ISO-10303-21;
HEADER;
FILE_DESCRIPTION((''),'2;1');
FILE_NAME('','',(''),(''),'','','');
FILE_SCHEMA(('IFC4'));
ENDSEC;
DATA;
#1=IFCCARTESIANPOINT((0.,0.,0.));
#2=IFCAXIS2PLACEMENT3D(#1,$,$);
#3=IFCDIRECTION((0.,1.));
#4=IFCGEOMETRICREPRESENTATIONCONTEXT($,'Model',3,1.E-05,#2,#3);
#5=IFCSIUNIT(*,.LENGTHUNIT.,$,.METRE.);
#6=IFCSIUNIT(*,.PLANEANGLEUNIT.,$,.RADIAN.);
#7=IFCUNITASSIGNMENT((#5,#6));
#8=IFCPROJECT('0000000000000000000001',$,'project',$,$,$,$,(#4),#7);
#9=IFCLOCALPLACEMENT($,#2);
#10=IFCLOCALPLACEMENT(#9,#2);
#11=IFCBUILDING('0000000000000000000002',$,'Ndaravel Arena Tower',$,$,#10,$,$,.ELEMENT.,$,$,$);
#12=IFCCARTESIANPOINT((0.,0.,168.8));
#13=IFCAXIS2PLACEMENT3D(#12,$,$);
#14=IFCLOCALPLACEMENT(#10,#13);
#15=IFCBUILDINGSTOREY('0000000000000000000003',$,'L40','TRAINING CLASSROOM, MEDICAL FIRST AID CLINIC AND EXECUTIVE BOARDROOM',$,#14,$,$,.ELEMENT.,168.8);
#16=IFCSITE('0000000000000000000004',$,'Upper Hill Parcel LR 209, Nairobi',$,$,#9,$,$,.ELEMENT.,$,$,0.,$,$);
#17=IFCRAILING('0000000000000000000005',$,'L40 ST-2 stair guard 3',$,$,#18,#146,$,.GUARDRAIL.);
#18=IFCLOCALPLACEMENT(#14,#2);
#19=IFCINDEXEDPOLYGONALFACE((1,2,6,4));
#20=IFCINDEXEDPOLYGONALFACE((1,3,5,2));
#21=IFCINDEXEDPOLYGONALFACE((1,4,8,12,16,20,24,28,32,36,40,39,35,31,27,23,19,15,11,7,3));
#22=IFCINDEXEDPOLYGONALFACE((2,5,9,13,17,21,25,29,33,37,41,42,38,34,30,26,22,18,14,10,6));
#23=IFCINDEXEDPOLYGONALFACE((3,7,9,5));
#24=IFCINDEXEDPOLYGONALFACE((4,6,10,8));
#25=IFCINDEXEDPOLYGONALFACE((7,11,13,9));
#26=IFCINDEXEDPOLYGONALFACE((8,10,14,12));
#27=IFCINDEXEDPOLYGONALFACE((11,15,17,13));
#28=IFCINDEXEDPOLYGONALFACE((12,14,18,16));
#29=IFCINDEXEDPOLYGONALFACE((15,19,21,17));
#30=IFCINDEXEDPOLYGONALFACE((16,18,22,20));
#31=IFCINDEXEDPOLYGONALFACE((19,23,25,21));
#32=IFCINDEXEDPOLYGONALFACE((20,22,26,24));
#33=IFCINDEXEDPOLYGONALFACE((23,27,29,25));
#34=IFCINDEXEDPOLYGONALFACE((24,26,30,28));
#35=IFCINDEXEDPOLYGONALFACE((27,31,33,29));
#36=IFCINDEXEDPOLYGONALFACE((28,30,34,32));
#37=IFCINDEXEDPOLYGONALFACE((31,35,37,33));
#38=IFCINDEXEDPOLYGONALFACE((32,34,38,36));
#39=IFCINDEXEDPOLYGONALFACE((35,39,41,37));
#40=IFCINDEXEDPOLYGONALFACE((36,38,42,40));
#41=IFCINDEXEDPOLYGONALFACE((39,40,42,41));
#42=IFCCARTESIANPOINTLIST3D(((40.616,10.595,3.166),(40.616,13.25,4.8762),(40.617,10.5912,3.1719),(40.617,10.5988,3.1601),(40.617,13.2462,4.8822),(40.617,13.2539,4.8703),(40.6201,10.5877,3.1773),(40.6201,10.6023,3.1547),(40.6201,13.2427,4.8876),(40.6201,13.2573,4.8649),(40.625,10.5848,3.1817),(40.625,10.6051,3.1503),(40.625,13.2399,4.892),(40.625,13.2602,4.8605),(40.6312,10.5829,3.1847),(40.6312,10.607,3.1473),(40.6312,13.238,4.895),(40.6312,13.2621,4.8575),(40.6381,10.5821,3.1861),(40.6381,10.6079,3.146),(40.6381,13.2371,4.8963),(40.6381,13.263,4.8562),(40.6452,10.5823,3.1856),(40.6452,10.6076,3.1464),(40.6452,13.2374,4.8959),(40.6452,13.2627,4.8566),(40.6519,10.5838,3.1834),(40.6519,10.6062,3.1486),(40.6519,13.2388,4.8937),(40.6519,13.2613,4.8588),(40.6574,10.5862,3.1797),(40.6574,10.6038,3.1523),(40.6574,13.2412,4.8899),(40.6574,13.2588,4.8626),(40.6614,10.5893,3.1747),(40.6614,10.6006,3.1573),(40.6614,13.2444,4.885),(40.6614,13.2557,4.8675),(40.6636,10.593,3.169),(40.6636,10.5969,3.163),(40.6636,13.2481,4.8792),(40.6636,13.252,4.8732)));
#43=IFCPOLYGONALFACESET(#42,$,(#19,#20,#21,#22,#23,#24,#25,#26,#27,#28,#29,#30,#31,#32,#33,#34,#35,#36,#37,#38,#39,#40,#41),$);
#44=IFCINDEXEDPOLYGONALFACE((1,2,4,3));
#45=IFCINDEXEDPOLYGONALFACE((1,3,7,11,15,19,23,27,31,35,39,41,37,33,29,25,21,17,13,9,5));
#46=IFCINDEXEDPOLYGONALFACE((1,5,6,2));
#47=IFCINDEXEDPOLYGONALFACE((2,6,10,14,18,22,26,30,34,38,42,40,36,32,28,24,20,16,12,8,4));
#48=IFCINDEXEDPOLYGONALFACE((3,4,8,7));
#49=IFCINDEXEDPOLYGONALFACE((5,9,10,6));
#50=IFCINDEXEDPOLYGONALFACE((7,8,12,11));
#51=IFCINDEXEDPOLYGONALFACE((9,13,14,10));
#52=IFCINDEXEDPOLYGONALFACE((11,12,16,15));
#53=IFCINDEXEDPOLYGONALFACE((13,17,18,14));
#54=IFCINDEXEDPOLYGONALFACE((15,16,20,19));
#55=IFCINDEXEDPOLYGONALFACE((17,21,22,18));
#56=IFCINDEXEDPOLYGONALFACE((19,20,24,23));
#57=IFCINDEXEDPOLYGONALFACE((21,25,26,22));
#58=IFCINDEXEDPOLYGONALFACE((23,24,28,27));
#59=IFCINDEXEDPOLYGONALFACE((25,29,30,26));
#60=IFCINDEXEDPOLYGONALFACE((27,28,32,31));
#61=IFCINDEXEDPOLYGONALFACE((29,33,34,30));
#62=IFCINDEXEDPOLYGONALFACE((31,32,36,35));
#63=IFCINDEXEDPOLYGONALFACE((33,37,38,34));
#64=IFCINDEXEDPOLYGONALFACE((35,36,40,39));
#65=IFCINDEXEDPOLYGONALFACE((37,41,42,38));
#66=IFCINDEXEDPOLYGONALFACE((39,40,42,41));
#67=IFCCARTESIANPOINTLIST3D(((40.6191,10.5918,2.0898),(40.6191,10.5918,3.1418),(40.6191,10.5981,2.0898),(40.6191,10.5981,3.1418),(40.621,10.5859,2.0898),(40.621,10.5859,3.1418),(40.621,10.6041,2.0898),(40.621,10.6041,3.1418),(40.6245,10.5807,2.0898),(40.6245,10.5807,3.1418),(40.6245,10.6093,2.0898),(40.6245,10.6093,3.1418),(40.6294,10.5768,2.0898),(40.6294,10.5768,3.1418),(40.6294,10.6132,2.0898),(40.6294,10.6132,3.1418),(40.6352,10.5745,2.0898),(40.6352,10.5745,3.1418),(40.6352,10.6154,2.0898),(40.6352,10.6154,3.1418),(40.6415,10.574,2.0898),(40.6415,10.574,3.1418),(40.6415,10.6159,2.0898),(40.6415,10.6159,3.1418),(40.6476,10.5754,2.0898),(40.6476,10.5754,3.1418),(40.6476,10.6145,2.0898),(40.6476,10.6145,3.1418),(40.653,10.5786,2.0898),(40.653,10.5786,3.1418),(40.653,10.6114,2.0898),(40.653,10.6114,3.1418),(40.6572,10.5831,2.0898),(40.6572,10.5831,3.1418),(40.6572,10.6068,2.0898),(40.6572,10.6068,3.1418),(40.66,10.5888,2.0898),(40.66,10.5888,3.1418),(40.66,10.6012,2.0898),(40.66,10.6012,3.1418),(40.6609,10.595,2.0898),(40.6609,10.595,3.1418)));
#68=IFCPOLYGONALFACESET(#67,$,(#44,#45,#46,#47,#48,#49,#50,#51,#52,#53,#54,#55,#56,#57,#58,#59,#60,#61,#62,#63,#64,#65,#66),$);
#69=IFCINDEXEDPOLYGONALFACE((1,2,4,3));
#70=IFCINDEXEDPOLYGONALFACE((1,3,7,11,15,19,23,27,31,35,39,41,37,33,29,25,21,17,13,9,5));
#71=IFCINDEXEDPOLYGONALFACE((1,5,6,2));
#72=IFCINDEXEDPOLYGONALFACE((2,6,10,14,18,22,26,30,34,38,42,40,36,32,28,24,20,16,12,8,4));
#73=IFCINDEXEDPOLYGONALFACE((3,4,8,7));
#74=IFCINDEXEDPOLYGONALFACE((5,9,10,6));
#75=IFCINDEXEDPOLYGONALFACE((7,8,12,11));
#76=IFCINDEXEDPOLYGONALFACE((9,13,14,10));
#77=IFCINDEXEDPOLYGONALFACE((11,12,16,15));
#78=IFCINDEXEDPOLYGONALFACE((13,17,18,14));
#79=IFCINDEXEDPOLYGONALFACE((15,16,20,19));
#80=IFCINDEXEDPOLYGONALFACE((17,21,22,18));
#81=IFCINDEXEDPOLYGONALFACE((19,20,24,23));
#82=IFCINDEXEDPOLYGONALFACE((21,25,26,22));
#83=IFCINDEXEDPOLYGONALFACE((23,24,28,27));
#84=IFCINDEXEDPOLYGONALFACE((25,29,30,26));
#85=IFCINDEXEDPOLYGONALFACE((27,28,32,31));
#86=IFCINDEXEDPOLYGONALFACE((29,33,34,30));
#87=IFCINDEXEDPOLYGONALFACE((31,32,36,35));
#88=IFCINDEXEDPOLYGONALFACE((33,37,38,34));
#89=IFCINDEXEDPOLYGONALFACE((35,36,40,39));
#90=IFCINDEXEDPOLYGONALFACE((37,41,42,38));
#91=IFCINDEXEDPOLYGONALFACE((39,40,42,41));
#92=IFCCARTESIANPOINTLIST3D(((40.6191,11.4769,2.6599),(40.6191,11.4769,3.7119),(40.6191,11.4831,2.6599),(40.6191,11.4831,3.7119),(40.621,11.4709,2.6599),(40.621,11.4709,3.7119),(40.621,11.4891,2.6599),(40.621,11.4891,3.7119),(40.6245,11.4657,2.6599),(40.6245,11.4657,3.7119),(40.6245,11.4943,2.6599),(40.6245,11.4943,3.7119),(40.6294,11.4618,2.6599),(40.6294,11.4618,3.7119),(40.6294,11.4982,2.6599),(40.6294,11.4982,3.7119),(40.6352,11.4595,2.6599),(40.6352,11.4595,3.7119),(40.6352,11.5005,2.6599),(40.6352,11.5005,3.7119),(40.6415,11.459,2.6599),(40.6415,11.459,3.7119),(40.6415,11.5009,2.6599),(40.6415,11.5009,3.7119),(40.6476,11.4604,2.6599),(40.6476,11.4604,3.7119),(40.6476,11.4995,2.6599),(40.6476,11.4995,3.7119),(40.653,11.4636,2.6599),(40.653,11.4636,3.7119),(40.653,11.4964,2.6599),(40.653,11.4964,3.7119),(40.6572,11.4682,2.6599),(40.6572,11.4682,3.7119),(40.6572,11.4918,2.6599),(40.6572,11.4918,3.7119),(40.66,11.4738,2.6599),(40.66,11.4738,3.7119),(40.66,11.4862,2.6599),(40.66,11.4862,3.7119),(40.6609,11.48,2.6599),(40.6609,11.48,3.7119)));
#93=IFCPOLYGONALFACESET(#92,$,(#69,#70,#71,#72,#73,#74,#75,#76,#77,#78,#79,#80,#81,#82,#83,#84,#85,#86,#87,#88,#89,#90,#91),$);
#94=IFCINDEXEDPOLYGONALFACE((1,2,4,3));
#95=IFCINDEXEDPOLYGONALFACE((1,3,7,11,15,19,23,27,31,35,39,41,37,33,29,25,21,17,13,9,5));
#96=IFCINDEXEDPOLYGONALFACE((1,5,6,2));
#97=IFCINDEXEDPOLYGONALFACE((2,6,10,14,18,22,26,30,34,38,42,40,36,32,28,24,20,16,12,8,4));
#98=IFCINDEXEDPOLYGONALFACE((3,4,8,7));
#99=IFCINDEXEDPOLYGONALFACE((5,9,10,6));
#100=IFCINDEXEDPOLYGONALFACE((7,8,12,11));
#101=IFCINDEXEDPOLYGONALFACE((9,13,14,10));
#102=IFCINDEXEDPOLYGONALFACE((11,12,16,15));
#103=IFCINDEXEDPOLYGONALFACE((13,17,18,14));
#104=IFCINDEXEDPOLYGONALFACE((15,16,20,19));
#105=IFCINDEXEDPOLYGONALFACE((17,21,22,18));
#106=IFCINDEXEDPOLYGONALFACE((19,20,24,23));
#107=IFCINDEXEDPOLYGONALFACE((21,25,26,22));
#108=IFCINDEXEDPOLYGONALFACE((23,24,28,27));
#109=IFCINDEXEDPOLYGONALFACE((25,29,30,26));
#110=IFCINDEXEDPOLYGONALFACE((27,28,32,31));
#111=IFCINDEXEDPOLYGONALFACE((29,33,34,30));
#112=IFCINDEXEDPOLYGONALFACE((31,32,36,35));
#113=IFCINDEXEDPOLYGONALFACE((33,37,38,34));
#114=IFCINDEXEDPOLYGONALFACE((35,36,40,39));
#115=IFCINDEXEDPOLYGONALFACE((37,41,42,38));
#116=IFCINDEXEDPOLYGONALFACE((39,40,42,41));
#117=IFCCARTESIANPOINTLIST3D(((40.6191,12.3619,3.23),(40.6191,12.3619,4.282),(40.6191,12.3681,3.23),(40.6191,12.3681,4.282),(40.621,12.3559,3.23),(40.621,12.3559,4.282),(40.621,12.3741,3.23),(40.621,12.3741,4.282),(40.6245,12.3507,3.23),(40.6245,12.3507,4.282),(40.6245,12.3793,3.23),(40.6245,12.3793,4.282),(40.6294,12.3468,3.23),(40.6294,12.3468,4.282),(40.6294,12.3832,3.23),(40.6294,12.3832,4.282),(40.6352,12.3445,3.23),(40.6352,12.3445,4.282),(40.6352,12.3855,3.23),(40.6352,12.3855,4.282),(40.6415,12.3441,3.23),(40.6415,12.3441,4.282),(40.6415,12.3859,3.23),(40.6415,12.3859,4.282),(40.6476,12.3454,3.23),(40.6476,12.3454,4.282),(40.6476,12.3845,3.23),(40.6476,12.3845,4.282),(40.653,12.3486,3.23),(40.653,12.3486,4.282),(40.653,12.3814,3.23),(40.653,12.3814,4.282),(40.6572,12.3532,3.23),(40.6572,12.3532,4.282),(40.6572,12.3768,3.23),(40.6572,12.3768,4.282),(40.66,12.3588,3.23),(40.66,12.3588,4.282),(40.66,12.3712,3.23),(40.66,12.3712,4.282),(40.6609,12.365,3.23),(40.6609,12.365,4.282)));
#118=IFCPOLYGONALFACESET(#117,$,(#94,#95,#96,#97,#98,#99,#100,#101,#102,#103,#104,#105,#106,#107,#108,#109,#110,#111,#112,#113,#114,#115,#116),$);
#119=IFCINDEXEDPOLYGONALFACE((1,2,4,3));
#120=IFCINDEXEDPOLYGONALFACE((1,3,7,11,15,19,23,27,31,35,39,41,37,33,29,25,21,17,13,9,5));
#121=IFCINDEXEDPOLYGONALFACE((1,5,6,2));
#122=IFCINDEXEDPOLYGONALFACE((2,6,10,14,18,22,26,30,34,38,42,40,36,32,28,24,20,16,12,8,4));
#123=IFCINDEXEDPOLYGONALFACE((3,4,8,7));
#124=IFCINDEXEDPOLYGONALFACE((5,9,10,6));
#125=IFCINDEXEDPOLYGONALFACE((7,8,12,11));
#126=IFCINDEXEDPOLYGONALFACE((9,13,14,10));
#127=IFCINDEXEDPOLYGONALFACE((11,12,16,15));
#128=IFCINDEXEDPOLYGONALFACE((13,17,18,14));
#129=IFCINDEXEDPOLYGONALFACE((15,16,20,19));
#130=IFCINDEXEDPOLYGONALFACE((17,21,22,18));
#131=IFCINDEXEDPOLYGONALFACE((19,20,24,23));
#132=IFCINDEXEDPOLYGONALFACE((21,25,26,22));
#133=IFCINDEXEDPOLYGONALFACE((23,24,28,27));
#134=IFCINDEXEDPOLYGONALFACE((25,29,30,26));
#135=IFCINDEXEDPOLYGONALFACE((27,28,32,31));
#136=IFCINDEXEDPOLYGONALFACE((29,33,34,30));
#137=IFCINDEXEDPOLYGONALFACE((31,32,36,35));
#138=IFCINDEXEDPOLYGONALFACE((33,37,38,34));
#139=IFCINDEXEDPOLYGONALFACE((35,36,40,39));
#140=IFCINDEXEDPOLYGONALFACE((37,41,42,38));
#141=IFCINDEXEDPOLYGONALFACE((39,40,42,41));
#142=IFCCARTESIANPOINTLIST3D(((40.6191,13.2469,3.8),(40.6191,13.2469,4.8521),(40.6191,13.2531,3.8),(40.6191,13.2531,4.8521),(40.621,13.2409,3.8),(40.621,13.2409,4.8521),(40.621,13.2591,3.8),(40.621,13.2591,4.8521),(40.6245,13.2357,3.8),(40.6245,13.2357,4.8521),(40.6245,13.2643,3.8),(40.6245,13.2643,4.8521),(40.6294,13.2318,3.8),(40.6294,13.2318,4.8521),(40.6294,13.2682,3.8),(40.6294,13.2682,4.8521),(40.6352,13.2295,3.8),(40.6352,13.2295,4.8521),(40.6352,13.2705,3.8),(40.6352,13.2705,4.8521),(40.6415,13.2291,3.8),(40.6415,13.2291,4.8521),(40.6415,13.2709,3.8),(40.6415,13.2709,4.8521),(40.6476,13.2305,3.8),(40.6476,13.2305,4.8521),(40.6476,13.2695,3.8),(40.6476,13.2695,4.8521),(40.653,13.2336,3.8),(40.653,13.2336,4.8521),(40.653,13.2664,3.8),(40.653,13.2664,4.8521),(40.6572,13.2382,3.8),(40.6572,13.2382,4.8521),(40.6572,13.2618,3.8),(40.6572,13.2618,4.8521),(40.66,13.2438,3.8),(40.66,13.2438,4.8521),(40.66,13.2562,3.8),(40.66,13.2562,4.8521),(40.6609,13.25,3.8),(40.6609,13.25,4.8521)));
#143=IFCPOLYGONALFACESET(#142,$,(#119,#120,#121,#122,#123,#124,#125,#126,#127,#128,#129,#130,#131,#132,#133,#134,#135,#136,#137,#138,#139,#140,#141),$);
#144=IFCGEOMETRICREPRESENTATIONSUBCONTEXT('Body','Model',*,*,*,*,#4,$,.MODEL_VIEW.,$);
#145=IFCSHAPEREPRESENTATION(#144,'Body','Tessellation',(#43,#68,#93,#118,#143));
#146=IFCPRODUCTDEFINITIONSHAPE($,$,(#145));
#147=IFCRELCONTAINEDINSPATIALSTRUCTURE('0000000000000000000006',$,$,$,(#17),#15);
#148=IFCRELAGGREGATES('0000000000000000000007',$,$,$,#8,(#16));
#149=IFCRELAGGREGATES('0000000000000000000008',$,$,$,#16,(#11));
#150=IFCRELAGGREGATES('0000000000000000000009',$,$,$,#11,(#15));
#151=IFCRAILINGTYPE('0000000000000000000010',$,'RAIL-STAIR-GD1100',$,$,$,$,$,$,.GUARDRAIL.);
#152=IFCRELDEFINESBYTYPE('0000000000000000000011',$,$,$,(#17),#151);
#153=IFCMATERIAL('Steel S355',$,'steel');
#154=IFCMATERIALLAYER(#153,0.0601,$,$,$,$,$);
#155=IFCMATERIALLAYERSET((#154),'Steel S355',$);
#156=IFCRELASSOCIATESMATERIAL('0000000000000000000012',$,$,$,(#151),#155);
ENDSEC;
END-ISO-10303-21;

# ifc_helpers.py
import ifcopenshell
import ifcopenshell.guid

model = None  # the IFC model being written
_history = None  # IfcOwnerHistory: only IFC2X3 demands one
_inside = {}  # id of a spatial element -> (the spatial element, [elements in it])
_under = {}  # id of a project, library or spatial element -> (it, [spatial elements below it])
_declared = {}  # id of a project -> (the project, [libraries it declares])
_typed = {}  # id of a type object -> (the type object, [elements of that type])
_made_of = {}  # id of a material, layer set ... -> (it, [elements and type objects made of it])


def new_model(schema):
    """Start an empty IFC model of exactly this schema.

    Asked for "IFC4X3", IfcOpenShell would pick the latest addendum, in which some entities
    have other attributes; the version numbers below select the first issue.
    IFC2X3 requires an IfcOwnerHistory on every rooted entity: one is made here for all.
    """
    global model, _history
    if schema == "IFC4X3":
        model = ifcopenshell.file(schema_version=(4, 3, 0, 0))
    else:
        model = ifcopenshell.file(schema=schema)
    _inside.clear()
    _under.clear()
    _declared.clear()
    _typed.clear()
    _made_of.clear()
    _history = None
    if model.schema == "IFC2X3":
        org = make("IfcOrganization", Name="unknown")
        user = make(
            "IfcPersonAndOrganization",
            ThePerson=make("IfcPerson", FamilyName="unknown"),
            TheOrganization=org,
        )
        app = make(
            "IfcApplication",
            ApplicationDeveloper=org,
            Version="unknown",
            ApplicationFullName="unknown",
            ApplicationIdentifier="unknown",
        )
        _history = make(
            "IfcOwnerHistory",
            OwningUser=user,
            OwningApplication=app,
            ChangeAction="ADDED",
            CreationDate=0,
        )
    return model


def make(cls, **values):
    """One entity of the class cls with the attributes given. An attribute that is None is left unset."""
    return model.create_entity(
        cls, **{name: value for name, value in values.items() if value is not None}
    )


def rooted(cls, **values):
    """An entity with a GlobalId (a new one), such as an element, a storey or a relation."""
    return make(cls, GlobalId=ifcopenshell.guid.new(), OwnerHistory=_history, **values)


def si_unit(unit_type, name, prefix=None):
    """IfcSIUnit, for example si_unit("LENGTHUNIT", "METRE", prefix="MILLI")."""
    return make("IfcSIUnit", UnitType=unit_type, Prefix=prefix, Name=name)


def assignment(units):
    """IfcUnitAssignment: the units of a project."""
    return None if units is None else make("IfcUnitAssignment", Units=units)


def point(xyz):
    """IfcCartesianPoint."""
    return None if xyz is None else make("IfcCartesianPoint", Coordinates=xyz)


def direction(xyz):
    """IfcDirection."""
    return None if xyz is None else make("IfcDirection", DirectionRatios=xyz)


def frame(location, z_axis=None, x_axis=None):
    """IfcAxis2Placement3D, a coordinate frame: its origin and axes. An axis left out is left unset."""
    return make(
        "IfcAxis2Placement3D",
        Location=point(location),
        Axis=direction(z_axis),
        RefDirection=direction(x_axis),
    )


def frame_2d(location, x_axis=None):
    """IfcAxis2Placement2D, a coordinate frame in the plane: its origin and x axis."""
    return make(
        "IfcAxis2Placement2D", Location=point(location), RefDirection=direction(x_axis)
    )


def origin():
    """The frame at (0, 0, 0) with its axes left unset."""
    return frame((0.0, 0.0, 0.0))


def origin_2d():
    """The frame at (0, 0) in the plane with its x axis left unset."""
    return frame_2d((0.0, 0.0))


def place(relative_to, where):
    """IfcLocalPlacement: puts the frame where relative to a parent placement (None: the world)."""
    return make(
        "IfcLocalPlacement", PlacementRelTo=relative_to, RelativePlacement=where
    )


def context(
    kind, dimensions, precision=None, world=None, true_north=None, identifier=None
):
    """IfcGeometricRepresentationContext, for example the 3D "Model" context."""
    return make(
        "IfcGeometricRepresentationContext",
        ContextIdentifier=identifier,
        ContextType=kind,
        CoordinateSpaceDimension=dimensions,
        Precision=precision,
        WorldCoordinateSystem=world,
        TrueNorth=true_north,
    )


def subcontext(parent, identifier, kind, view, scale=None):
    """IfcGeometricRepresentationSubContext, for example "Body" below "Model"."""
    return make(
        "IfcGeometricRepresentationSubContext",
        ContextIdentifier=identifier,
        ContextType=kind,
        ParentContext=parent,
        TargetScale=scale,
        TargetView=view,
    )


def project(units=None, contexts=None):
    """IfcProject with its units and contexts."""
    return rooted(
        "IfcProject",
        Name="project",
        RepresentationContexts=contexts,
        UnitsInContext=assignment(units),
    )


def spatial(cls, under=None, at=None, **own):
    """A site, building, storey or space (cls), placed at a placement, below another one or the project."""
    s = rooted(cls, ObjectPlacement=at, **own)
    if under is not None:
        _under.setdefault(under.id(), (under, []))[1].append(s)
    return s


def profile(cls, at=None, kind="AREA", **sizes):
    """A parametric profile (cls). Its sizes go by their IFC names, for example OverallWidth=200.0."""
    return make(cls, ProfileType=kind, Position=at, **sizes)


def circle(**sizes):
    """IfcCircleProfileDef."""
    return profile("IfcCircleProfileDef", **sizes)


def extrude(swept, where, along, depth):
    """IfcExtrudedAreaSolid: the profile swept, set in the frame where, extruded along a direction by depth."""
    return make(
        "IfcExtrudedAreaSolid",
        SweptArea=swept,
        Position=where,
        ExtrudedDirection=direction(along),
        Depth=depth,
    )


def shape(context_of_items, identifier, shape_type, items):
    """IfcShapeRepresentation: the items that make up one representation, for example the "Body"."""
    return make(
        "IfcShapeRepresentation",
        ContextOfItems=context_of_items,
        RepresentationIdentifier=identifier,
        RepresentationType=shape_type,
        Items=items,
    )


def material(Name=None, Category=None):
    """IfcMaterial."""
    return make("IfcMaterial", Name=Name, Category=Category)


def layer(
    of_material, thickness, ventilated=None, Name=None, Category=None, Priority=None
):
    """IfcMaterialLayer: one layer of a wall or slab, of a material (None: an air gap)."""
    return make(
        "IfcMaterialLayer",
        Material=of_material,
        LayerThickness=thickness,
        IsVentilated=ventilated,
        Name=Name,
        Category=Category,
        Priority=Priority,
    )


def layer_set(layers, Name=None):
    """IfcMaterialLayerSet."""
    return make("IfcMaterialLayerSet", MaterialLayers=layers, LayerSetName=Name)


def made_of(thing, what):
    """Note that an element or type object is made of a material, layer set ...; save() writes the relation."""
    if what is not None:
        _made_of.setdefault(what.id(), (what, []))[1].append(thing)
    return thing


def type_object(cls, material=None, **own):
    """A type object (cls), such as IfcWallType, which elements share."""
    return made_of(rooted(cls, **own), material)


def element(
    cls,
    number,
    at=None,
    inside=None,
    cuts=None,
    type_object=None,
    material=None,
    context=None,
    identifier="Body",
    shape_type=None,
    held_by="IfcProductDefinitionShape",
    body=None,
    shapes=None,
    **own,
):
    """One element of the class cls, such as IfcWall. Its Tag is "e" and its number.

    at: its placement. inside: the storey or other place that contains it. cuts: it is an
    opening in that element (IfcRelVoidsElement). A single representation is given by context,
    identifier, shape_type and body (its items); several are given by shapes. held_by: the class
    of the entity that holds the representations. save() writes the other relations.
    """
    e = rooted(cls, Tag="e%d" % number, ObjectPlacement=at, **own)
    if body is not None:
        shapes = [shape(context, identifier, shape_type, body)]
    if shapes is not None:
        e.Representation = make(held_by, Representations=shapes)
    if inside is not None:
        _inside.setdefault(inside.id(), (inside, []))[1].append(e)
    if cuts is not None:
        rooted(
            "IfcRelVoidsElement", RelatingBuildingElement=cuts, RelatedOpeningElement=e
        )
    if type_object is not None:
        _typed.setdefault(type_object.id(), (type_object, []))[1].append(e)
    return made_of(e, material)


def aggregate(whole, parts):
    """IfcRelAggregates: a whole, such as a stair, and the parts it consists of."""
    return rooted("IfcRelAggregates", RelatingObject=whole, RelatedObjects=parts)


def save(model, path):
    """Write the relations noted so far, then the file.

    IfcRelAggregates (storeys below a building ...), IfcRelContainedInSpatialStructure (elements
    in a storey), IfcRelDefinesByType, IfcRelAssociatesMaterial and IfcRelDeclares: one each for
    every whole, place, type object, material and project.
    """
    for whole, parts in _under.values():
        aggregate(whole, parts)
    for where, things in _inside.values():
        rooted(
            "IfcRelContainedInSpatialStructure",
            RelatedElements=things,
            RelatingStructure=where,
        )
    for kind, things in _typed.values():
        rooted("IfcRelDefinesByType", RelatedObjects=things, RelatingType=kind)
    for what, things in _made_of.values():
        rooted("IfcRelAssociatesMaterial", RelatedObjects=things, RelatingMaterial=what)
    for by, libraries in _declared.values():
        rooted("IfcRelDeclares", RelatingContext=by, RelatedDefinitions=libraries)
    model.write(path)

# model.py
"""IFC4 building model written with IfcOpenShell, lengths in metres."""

from ifc_helpers import new_model, si_unit, direction, frame, origin, origin_2d, place, context, subcontext, project, spatial, circle, extrude, material, layer, layer_set, type_object, element, save


model = new_model("IFC4")

# Units and contexts
model_context = context("Model", 3, precision=1e-05, world=origin(), true_north=direction((0.0, 1.0)))
body_context = subcontext(model_context, "Body", "Model", "MODEL_VIEW")
ifc_project = project(units=[si_unit("LENGTHUNIT", "METRE"), si_unit("PLANEANGLEUNIT", "RADIAN")], contexts=[model_context])

# Site, building, storey
site_placement = place(None, origin())
site = spatial("IfcSite", under=ifc_project, at=site_placement, Name="Upper Hill Parcel LR 209, Nairobi", CompositionType="ELEMENT", RefElevation=0.0)
building_placement = place(site_placement, origin())
building = spatial("IfcBuilding", under=site, at=building_placement, Name="Ndaravel Arena Tower", CompositionType="ELEMENT")
storey_placement = place(building_placement, frame((0.0, 0.0, 168.8)))
storey = spatial("IfcBuildingStorey", under=building, at=storey_placement, Name="L40", Description="TRAINING CLASSROOM, MEDICAL FIRST AID CLINIC AND EXECUTIVE BOARDROOM", CompositionType="ELEMENT", Elevation=168.8)

# Railing
ifc_material_1 = material(Name="Steel S355", Category="steel")
ifc_layer_1 = layer(ifc_material_1, 0.0601)
ifc_layer_set_1 = layer_set([ifc_layer_1], Name="Steel S355")
railing_type_1 = type_object("IfcRailingType", Name="RAIL-STAIR-GD1100", PredefinedType="GUARDRAIL", material=ifc_layer_set_1)
railing_1_placement = place(storey_placement, frame((40.6399, 10.595, 2.0898)))
element("IfcRailing", 1, at=railing_1_placement, inside=storey, type_object=railing_type_1, Name="L40 ST-2 stair guard 3", PredefinedType="GUARDRAIL", context=body_context, shape_type="SweptSolid", body=[
    extrude(circle(Radius=0.0239, at=origin_2d()), frame((0.0, 0.0, 1.0762), z_axis=(0.0, 0.840688, 0.541519), x_axis=(-1.0, 0.0, 0.0)), (0.0, 0.0, 1.0), 3.1582),
    extrude(circle(Radius=0.021, at=origin_2d()), origin(), (0.0, 0.0, 1.0), 1.052),
    extrude(circle(Radius=0.021, at=origin_2d()), frame((0.0, 0.885, 0.5701)), (0.0, 0.0, 1.0), 1.052),
    extrude(circle(Radius=0.021, at=origin_2d()), frame((0.0, 1.77, 1.1401)), (0.0, 0.0, 1.0), 1.052),
    extrude(circle(Radius=0.021, at=origin_2d()), frame((0.0, 2.655, 1.7102)), (0.0, 0.0, 1.0), 1.052),
])

save(model, "model.ifc")
